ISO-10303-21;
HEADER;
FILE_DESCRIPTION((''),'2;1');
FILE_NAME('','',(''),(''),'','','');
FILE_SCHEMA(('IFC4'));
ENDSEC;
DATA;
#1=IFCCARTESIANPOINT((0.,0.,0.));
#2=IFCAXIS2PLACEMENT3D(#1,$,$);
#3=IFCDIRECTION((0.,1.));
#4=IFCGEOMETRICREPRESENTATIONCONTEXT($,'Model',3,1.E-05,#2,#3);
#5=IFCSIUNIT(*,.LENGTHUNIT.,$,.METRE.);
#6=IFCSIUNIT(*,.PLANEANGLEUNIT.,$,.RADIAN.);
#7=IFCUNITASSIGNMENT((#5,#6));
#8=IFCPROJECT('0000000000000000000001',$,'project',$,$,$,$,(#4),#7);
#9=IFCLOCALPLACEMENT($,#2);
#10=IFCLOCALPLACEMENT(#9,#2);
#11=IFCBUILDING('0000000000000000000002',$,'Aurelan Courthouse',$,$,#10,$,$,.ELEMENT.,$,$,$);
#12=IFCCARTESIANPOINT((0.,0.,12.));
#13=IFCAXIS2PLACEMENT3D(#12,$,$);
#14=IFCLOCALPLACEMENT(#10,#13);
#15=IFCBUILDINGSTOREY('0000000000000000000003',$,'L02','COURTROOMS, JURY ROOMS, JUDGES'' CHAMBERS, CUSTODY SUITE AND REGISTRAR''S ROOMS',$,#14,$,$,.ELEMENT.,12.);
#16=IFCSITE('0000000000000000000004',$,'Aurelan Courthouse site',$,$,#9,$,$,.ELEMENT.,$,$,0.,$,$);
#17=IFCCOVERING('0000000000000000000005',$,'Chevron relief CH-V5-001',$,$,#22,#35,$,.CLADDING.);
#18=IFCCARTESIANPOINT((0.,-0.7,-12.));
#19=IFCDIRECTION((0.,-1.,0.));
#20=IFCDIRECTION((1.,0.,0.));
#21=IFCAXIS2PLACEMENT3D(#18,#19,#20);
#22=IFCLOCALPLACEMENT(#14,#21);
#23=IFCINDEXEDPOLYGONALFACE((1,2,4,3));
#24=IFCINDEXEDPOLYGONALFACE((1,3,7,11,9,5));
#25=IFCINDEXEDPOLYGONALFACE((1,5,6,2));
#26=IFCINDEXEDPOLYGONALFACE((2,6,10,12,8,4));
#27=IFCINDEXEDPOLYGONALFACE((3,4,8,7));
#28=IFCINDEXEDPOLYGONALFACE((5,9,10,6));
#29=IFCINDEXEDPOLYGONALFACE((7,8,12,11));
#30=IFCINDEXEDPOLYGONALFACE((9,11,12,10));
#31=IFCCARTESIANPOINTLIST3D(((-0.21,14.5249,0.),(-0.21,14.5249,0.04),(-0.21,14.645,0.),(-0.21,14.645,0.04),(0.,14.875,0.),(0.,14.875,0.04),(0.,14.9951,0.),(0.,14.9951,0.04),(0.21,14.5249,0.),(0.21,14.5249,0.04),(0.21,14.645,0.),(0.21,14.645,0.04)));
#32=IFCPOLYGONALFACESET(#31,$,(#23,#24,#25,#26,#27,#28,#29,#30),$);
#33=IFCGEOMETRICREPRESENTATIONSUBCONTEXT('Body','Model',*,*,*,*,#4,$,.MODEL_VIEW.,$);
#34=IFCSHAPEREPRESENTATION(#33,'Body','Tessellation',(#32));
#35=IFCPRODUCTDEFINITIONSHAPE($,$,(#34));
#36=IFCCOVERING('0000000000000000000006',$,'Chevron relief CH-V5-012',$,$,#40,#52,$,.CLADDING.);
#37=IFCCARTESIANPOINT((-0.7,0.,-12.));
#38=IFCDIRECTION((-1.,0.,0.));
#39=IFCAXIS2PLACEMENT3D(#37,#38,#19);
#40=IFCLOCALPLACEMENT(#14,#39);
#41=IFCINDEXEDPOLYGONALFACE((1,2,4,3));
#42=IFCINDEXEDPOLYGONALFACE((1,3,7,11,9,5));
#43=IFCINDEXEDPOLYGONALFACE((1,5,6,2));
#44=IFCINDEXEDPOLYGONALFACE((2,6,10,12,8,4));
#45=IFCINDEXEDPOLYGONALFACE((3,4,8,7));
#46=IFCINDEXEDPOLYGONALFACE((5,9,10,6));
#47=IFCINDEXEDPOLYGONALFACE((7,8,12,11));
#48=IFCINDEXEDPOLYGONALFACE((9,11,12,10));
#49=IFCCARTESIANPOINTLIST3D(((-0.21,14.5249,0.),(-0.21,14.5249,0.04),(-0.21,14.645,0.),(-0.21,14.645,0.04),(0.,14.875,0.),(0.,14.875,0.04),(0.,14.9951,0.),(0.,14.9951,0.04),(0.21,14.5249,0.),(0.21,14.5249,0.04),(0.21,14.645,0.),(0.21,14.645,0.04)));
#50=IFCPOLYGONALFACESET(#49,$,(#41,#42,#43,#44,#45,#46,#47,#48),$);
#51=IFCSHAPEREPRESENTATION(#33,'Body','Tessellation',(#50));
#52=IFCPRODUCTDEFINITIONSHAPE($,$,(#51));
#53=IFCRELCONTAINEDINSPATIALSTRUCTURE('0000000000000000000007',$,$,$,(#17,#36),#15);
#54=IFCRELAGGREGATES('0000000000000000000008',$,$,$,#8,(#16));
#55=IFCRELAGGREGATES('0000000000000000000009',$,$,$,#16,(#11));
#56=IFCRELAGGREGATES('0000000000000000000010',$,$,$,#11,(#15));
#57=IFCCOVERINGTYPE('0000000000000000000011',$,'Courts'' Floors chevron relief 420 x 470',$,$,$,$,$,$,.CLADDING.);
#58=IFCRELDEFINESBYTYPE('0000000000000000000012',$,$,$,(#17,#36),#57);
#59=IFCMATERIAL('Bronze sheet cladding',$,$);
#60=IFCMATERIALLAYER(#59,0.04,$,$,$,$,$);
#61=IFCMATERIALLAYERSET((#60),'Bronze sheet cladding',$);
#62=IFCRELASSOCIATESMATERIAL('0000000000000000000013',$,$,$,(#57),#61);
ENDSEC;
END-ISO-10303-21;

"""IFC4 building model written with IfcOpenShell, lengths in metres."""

from ifc_helpers import new_model, si_unit, direction, frame, origin, place, context, subcontext, project, spatial, polyline, outline, extrude, material, layer, layer_set, type_object, element, save


model = new_model("IFC4")

# Units and contexts
model_context = context("Model", 3, precision=1e-05, world=origin(), true_north=direction((0.0, 1.0)))
body_context = subcontext(model_context, "Body", "Model", "MODEL_VIEW")
ifc_project = project(units=[si_unit("LENGTHUNIT", "METRE"), si_unit("PLANEANGLEUNIT", "RADIAN")], contexts=[model_context])

# Site, building, storey
site_placement = place(None, origin())
site = spatial("IfcSite", under=ifc_project, at=site_placement, Name="Aurelan Courthouse site", CompositionType="ELEMENT", RefElevation=0.0)
building_placement = place(site_placement, origin())
building = spatial("IfcBuilding", under=site, at=building_placement, Name="Aurelan Courthouse", CompositionType="ELEMENT")
storey_placement = place(building_placement, frame((0.0, 0.0, 12.0)))
storey = spatial("IfcBuildingStorey", under=building, at=storey_placement, Name="L02", Description="COURTROOMS, JURY ROOMS, JUDGES' CHAMBERS, CUSTODY SUITE AND REGISTRAR'S ROOMS", CompositionType="ELEMENT", Elevation=12.0)

# Coverings
ifc_material_1 = material(Name="Bronze sheet cladding")
ifc_layer_1 = layer(ifc_material_1, 0.04)
ifc_layer_set_1 = layer_set([ifc_layer_1], Name="Bronze sheet cladding")
covering_type_1 = type_object("IfcCoveringType", Name="Courts' Floors chevron relief 420 x 470", PredefinedType="CLADDING", material=ifc_layer_set_1)
for number, where, z_axis, x_axis, name in (
    (1, (0.0, -0.7, -12.0), (0.0, -1.0, 0.0), (1.0, 0.0, 0.0), "Chevron relief CH-V5-001"),
    (2, (-0.7, 0.0, -12.0), (-1.0, 0.0, 0.0), (0.0, -1.0, 0.0), "Chevron relief CH-V5-012"),
):
    element("IfcCovering", number, at=place(storey_placement, frame(where, z_axis=z_axis, x_axis=x_axis)), inside=storey, type_object=covering_type_1, Name=name, PredefinedType="CLADDING", context=body_context, shape_type="SweptSolid", body=[
        extrude(outline(polyline([(-0.21, 14.5249), (0.0, 14.875), (0.21, 14.5249), (0.21, 14.645), (0.0, 14.9951), (-0.21, 14.645), (-0.21, 14.5249)])), origin(), (0.0, 0.0, 1.0), 0.04),
    ])

save(model, "model.ifc")
